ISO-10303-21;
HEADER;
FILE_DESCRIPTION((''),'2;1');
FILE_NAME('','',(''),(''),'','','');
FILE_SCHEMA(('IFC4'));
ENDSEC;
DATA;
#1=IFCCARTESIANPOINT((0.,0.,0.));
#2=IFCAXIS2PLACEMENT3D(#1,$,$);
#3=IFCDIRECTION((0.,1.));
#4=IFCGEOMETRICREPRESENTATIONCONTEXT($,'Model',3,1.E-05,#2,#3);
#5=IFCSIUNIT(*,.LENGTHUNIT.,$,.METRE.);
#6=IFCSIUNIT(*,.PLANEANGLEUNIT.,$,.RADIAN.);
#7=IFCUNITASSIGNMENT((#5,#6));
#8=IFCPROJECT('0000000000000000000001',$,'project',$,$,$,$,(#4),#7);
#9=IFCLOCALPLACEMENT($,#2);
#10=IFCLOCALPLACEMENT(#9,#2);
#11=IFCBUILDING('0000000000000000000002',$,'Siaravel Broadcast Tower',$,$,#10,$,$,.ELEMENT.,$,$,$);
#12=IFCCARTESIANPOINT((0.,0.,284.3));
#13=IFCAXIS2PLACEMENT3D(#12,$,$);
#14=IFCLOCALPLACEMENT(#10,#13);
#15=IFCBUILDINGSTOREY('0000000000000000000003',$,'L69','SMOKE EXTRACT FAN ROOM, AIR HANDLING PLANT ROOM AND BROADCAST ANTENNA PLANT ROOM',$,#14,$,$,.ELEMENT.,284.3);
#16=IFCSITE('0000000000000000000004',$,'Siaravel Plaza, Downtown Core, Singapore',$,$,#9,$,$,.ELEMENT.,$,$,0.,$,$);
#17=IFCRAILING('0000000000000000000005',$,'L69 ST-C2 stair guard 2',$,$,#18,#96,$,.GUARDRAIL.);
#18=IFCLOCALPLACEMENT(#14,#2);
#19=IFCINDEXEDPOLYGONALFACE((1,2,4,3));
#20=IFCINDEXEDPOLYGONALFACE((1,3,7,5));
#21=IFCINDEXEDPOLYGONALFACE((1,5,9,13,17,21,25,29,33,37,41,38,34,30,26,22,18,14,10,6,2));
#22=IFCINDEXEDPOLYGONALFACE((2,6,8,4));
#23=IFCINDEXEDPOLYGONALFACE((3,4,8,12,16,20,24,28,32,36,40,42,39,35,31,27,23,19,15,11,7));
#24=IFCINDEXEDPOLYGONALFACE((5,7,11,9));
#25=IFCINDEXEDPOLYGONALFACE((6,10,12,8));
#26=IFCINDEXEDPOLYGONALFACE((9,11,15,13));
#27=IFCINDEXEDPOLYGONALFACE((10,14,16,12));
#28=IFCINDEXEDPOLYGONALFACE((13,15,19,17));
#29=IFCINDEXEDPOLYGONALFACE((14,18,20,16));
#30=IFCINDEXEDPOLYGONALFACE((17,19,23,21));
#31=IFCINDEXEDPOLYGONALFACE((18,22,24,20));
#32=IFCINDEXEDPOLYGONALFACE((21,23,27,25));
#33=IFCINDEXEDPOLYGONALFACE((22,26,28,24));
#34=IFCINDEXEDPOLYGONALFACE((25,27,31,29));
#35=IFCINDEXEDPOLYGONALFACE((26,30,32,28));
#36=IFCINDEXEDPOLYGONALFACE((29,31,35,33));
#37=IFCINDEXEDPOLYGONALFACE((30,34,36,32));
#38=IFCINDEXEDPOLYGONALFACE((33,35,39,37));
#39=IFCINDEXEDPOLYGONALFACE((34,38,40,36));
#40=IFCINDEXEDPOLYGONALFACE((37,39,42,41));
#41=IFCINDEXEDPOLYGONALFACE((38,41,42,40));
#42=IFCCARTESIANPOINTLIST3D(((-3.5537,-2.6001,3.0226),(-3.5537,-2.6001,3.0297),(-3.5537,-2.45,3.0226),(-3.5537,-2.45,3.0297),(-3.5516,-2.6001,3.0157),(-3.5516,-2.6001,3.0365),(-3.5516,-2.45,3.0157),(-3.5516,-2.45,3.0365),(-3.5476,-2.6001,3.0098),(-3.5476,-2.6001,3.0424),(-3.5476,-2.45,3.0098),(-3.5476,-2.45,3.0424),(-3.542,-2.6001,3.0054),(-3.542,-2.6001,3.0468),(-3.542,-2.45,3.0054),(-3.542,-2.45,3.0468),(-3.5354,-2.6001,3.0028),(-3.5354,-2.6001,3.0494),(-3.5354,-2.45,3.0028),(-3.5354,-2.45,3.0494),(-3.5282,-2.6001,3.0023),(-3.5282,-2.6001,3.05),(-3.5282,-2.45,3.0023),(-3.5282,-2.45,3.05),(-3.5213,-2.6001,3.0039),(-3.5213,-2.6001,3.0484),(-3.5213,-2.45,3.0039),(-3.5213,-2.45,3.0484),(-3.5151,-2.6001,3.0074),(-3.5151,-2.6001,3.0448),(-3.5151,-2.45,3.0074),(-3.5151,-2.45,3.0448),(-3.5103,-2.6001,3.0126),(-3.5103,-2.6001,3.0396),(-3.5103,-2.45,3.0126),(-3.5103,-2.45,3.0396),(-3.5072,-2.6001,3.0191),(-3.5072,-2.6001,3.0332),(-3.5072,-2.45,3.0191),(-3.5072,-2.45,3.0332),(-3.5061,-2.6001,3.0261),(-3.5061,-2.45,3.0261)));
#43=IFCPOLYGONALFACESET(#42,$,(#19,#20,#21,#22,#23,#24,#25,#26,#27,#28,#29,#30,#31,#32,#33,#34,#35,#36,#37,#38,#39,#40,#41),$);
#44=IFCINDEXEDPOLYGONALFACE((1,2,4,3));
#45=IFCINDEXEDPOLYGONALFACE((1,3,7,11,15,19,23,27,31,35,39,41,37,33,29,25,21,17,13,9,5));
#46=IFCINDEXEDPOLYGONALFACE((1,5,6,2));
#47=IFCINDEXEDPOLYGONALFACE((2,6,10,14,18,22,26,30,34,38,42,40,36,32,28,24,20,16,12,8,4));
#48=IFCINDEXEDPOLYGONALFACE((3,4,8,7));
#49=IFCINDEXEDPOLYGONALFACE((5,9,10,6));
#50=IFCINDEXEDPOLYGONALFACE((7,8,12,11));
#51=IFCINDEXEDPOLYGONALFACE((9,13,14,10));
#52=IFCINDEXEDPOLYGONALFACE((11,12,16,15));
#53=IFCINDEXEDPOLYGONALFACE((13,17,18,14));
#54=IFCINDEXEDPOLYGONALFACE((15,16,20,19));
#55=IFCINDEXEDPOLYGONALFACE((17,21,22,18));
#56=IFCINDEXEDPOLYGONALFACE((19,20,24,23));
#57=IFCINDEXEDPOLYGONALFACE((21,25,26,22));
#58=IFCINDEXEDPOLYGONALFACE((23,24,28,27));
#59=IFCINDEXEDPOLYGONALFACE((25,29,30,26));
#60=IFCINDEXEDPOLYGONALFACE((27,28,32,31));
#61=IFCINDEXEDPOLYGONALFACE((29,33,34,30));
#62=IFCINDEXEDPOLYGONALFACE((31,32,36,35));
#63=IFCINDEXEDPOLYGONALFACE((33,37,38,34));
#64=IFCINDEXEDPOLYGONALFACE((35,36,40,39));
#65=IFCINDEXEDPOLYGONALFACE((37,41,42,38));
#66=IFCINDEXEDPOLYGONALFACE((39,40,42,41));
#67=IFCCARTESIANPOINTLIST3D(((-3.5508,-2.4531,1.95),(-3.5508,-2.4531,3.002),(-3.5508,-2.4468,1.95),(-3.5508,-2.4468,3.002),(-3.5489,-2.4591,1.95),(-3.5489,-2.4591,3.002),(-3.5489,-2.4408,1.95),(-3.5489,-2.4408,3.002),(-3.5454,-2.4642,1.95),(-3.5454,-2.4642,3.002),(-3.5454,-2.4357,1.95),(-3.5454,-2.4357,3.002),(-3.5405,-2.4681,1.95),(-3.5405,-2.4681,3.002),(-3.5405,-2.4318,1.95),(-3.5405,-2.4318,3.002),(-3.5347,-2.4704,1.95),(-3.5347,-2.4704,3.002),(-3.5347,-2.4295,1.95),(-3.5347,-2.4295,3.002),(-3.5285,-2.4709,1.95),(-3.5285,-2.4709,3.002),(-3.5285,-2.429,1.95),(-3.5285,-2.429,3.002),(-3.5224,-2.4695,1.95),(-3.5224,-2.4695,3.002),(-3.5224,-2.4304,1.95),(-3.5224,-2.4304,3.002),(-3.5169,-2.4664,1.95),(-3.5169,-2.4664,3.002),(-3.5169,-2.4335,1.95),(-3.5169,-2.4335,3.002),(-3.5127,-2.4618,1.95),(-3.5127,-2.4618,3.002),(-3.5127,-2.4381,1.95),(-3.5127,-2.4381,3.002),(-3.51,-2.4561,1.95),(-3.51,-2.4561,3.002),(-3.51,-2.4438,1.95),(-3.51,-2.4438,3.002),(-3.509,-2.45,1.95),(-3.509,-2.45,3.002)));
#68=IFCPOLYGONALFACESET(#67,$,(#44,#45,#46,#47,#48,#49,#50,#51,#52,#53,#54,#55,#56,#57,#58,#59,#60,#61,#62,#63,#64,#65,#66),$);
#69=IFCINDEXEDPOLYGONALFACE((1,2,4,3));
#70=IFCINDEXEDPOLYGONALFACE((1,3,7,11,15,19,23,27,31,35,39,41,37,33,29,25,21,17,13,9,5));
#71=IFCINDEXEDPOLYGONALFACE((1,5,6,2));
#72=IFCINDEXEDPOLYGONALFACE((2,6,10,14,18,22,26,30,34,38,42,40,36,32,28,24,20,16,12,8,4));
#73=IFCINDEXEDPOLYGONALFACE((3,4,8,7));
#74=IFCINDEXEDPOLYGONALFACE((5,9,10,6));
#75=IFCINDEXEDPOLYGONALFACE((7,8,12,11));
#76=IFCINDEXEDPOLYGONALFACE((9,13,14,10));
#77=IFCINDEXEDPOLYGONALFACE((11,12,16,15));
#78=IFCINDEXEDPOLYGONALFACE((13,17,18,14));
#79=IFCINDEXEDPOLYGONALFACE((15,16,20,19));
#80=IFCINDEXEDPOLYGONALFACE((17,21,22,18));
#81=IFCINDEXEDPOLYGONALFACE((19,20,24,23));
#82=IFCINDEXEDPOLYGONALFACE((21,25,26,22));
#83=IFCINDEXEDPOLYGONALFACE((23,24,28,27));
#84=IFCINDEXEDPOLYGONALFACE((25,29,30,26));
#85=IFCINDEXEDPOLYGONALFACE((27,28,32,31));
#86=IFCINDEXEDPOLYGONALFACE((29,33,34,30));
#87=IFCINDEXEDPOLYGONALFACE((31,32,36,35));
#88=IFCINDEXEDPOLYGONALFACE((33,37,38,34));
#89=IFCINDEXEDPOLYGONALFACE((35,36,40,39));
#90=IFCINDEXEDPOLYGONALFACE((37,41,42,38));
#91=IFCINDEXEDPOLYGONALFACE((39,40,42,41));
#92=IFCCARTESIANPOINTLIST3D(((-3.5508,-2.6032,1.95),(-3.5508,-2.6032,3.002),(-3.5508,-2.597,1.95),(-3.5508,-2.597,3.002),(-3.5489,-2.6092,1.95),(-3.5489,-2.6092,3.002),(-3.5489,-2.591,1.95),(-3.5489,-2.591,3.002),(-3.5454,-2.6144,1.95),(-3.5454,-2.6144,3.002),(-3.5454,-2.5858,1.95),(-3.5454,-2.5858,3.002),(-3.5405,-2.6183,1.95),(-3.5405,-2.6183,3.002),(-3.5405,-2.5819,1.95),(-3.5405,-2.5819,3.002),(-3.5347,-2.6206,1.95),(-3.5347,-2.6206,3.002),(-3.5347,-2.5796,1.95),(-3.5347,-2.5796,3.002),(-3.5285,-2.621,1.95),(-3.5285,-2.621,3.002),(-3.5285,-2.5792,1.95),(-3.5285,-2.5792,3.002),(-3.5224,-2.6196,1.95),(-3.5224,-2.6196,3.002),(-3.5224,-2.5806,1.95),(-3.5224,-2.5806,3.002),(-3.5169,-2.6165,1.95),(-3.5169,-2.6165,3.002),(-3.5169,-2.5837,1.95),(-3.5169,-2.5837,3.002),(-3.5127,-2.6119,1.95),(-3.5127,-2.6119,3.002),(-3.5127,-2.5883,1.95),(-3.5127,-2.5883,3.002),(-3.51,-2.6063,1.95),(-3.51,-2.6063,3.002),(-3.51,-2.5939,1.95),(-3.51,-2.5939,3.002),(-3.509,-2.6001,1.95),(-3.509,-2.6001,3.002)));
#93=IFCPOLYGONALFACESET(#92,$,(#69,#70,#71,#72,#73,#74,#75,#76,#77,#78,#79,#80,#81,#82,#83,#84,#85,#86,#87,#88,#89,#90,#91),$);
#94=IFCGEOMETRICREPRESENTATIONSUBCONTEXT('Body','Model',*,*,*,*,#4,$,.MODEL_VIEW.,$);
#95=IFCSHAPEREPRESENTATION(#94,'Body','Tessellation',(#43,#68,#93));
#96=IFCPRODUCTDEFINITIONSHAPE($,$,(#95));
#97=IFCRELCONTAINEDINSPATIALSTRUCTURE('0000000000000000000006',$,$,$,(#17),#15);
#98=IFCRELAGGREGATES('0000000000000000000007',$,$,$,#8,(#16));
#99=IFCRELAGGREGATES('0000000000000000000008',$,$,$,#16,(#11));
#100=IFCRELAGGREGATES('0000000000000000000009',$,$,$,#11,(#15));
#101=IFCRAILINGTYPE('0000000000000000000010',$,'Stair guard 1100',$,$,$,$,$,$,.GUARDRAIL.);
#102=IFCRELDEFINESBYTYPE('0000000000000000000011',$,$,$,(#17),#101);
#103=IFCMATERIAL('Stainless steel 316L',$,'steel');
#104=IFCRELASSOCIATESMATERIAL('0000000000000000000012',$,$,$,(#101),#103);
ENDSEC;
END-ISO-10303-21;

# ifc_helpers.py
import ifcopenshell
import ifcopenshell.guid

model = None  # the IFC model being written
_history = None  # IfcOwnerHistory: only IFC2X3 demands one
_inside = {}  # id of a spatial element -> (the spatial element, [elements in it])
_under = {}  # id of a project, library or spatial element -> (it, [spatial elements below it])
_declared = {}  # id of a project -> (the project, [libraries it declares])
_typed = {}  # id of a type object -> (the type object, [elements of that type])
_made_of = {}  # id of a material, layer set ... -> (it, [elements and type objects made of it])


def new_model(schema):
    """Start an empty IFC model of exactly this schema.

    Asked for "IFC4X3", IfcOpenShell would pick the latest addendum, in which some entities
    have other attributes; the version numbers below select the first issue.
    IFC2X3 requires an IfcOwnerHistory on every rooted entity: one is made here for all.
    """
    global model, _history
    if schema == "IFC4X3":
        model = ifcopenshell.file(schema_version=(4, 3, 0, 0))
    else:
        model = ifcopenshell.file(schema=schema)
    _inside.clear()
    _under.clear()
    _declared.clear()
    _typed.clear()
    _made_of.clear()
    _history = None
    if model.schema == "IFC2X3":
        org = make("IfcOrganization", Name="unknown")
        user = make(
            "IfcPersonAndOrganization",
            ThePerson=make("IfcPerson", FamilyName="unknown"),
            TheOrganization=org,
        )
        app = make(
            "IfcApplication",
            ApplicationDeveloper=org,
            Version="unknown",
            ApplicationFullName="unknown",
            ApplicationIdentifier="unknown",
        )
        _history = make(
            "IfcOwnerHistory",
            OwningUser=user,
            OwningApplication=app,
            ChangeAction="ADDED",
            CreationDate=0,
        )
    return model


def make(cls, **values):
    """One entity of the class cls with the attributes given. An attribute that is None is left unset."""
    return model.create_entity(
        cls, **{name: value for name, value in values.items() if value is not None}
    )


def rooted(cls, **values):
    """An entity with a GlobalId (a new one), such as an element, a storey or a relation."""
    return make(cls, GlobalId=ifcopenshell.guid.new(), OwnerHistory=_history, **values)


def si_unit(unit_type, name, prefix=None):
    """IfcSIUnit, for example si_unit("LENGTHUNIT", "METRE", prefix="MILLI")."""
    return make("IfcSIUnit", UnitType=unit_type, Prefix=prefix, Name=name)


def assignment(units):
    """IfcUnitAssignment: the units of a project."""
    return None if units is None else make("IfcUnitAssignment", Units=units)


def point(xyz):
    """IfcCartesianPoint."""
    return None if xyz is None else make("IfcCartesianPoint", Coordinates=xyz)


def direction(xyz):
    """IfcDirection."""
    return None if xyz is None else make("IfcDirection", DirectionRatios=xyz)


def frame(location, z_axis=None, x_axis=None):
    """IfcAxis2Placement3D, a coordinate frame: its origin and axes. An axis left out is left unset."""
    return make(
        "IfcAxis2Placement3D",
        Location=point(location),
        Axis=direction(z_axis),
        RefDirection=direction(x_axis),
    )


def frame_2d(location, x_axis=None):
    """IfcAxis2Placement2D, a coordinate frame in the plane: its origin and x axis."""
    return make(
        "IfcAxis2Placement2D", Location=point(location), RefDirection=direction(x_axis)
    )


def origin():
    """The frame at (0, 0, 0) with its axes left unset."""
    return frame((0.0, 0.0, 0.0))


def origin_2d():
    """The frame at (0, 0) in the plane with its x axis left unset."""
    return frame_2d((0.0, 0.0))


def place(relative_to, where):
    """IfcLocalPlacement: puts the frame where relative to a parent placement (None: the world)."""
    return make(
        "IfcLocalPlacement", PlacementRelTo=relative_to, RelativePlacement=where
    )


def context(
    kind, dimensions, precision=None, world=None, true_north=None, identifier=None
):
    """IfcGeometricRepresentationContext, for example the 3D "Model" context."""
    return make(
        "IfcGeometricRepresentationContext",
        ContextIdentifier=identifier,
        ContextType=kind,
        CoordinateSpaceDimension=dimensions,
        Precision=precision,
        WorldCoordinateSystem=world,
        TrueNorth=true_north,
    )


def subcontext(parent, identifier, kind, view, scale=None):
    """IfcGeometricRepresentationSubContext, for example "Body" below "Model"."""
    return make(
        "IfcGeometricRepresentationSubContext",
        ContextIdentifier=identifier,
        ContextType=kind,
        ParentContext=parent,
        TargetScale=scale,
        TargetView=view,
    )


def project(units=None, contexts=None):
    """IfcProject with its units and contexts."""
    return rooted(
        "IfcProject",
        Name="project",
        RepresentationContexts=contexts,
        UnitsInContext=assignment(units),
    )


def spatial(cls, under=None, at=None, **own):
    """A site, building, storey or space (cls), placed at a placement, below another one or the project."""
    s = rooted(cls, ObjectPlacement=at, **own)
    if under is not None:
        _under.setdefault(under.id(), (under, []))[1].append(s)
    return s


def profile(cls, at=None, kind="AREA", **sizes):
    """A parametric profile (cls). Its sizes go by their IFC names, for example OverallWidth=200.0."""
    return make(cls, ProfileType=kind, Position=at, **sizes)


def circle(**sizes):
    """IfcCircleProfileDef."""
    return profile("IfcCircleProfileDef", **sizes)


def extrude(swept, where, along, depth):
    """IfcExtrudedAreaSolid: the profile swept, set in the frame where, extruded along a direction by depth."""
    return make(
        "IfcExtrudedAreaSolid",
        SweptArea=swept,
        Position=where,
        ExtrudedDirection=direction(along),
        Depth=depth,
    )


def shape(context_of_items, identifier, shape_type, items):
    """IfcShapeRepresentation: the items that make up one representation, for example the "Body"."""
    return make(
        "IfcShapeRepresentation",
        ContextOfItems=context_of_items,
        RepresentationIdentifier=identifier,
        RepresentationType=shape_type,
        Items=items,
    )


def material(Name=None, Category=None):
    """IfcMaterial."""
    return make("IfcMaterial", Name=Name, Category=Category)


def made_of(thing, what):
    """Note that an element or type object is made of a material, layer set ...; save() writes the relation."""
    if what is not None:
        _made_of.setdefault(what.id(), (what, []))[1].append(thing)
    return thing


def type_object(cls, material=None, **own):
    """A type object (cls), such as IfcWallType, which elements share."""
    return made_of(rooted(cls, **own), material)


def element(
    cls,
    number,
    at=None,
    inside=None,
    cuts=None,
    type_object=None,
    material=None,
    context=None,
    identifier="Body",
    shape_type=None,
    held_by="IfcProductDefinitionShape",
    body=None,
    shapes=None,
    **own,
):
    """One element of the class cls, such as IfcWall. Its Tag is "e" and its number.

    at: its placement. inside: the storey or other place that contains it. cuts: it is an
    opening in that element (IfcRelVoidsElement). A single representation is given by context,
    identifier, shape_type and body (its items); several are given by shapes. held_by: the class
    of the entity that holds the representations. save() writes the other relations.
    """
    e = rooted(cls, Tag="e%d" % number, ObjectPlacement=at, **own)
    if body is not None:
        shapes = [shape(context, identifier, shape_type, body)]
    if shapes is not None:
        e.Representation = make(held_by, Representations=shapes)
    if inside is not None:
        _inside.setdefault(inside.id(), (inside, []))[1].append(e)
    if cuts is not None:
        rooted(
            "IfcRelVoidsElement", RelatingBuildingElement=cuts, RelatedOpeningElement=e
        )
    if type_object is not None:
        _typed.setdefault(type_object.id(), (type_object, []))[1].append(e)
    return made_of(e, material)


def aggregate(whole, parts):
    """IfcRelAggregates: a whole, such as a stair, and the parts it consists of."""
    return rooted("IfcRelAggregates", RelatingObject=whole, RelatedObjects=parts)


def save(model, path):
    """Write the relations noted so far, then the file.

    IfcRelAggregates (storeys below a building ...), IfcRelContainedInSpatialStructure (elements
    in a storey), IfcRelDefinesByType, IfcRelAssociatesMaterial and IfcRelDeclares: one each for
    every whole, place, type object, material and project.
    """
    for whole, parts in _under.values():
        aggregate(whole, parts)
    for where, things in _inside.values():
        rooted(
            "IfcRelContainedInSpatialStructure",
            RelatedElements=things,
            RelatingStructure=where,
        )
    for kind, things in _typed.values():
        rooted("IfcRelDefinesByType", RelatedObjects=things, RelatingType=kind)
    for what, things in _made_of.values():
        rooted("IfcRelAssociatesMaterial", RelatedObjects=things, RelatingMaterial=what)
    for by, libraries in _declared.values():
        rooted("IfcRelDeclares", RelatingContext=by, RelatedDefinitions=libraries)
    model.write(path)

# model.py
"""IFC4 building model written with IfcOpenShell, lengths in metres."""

from ifc_helpers import new_model, si_unit, direction, frame, origin, origin_2d, place, context, subcontext, project, spatial, circle, extrude, material, type_object, element, save


model = new_model("IFC4")

# Units and contexts
model_context = context("Model", 3, precision=1e-05, world=origin(), true_north=direction((0.0, 1.0)))
body_context = subcontext(model_context, "Body", "Model", "MODEL_VIEW")
ifc_project = project(units=[si_unit("LENGTHUNIT", "METRE"), si_unit("PLANEANGLEUNIT", "RADIAN")], contexts=[model_context])

# Site, building, storey
site_placement = place(None, origin())
site = spatial("IfcSite", under=ifc_project, at=site_placement, Name="Siaravel Plaza, Downtown Core, Singapore", CompositionType="ELEMENT", RefElevation=0.0)
building_placement = place(site_placement, origin())
building = spatial("IfcBuilding", under=site, at=building_placement, Name="Siaravel Broadcast Tower", CompositionType="ELEMENT")
storey_placement = place(building_placement, frame((0.0, 0.0, 284.3)))
storey = spatial("IfcBuildingStorey", under=building, at=storey_placement, Name="L69", Description="SMOKE EXTRACT FAN ROOM, AIR HANDLING PLANT ROOM AND BROADCAST ANTENNA PLANT ROOM", CompositionType="ELEMENT", Elevation=284.3)

# Shared definitions
ifc_material_1 = material(Name="Stainless steel 316L", Category="steel")

# Railing
railing_type_1 = type_object("IfcRailingType", Name="Stair guard 1100", PredefinedType="GUARDRAIL", material=ifc_material_1)
railing_1_placement = place(storey_placement, frame((-3.53, -2.45, 1.95)))
element("IfcRailing", 1, at=railing_1_placement, inside=storey, type_object=railing_type_1, Name="L69 ST-C2 stair guard 2", PredefinedType="GUARDRAIL", context=body_context, shape_type="SweptSolid", body=[
    extrude(circle(Radius=0.0239, at=origin_2d()), frame((0.0, 0.0, 1.0762), z_axis=(0.0, -1.0, 0.0), x_axis=(1.0, 0.0, 0.0)), (0.0, 0.0, 1.0), 0.1501),
    extrude(circle(Radius=0.021, at=origin_2d()), origin(), (0.0, 0.0, 1.0), 1.052),
    extrude(circle(Radius=0.021, at=origin_2d()), frame((0.0, -0.1501, 0.0)), (0.0, 0.0, 1.0), 1.052),
])

save(model, "model.ifc")
